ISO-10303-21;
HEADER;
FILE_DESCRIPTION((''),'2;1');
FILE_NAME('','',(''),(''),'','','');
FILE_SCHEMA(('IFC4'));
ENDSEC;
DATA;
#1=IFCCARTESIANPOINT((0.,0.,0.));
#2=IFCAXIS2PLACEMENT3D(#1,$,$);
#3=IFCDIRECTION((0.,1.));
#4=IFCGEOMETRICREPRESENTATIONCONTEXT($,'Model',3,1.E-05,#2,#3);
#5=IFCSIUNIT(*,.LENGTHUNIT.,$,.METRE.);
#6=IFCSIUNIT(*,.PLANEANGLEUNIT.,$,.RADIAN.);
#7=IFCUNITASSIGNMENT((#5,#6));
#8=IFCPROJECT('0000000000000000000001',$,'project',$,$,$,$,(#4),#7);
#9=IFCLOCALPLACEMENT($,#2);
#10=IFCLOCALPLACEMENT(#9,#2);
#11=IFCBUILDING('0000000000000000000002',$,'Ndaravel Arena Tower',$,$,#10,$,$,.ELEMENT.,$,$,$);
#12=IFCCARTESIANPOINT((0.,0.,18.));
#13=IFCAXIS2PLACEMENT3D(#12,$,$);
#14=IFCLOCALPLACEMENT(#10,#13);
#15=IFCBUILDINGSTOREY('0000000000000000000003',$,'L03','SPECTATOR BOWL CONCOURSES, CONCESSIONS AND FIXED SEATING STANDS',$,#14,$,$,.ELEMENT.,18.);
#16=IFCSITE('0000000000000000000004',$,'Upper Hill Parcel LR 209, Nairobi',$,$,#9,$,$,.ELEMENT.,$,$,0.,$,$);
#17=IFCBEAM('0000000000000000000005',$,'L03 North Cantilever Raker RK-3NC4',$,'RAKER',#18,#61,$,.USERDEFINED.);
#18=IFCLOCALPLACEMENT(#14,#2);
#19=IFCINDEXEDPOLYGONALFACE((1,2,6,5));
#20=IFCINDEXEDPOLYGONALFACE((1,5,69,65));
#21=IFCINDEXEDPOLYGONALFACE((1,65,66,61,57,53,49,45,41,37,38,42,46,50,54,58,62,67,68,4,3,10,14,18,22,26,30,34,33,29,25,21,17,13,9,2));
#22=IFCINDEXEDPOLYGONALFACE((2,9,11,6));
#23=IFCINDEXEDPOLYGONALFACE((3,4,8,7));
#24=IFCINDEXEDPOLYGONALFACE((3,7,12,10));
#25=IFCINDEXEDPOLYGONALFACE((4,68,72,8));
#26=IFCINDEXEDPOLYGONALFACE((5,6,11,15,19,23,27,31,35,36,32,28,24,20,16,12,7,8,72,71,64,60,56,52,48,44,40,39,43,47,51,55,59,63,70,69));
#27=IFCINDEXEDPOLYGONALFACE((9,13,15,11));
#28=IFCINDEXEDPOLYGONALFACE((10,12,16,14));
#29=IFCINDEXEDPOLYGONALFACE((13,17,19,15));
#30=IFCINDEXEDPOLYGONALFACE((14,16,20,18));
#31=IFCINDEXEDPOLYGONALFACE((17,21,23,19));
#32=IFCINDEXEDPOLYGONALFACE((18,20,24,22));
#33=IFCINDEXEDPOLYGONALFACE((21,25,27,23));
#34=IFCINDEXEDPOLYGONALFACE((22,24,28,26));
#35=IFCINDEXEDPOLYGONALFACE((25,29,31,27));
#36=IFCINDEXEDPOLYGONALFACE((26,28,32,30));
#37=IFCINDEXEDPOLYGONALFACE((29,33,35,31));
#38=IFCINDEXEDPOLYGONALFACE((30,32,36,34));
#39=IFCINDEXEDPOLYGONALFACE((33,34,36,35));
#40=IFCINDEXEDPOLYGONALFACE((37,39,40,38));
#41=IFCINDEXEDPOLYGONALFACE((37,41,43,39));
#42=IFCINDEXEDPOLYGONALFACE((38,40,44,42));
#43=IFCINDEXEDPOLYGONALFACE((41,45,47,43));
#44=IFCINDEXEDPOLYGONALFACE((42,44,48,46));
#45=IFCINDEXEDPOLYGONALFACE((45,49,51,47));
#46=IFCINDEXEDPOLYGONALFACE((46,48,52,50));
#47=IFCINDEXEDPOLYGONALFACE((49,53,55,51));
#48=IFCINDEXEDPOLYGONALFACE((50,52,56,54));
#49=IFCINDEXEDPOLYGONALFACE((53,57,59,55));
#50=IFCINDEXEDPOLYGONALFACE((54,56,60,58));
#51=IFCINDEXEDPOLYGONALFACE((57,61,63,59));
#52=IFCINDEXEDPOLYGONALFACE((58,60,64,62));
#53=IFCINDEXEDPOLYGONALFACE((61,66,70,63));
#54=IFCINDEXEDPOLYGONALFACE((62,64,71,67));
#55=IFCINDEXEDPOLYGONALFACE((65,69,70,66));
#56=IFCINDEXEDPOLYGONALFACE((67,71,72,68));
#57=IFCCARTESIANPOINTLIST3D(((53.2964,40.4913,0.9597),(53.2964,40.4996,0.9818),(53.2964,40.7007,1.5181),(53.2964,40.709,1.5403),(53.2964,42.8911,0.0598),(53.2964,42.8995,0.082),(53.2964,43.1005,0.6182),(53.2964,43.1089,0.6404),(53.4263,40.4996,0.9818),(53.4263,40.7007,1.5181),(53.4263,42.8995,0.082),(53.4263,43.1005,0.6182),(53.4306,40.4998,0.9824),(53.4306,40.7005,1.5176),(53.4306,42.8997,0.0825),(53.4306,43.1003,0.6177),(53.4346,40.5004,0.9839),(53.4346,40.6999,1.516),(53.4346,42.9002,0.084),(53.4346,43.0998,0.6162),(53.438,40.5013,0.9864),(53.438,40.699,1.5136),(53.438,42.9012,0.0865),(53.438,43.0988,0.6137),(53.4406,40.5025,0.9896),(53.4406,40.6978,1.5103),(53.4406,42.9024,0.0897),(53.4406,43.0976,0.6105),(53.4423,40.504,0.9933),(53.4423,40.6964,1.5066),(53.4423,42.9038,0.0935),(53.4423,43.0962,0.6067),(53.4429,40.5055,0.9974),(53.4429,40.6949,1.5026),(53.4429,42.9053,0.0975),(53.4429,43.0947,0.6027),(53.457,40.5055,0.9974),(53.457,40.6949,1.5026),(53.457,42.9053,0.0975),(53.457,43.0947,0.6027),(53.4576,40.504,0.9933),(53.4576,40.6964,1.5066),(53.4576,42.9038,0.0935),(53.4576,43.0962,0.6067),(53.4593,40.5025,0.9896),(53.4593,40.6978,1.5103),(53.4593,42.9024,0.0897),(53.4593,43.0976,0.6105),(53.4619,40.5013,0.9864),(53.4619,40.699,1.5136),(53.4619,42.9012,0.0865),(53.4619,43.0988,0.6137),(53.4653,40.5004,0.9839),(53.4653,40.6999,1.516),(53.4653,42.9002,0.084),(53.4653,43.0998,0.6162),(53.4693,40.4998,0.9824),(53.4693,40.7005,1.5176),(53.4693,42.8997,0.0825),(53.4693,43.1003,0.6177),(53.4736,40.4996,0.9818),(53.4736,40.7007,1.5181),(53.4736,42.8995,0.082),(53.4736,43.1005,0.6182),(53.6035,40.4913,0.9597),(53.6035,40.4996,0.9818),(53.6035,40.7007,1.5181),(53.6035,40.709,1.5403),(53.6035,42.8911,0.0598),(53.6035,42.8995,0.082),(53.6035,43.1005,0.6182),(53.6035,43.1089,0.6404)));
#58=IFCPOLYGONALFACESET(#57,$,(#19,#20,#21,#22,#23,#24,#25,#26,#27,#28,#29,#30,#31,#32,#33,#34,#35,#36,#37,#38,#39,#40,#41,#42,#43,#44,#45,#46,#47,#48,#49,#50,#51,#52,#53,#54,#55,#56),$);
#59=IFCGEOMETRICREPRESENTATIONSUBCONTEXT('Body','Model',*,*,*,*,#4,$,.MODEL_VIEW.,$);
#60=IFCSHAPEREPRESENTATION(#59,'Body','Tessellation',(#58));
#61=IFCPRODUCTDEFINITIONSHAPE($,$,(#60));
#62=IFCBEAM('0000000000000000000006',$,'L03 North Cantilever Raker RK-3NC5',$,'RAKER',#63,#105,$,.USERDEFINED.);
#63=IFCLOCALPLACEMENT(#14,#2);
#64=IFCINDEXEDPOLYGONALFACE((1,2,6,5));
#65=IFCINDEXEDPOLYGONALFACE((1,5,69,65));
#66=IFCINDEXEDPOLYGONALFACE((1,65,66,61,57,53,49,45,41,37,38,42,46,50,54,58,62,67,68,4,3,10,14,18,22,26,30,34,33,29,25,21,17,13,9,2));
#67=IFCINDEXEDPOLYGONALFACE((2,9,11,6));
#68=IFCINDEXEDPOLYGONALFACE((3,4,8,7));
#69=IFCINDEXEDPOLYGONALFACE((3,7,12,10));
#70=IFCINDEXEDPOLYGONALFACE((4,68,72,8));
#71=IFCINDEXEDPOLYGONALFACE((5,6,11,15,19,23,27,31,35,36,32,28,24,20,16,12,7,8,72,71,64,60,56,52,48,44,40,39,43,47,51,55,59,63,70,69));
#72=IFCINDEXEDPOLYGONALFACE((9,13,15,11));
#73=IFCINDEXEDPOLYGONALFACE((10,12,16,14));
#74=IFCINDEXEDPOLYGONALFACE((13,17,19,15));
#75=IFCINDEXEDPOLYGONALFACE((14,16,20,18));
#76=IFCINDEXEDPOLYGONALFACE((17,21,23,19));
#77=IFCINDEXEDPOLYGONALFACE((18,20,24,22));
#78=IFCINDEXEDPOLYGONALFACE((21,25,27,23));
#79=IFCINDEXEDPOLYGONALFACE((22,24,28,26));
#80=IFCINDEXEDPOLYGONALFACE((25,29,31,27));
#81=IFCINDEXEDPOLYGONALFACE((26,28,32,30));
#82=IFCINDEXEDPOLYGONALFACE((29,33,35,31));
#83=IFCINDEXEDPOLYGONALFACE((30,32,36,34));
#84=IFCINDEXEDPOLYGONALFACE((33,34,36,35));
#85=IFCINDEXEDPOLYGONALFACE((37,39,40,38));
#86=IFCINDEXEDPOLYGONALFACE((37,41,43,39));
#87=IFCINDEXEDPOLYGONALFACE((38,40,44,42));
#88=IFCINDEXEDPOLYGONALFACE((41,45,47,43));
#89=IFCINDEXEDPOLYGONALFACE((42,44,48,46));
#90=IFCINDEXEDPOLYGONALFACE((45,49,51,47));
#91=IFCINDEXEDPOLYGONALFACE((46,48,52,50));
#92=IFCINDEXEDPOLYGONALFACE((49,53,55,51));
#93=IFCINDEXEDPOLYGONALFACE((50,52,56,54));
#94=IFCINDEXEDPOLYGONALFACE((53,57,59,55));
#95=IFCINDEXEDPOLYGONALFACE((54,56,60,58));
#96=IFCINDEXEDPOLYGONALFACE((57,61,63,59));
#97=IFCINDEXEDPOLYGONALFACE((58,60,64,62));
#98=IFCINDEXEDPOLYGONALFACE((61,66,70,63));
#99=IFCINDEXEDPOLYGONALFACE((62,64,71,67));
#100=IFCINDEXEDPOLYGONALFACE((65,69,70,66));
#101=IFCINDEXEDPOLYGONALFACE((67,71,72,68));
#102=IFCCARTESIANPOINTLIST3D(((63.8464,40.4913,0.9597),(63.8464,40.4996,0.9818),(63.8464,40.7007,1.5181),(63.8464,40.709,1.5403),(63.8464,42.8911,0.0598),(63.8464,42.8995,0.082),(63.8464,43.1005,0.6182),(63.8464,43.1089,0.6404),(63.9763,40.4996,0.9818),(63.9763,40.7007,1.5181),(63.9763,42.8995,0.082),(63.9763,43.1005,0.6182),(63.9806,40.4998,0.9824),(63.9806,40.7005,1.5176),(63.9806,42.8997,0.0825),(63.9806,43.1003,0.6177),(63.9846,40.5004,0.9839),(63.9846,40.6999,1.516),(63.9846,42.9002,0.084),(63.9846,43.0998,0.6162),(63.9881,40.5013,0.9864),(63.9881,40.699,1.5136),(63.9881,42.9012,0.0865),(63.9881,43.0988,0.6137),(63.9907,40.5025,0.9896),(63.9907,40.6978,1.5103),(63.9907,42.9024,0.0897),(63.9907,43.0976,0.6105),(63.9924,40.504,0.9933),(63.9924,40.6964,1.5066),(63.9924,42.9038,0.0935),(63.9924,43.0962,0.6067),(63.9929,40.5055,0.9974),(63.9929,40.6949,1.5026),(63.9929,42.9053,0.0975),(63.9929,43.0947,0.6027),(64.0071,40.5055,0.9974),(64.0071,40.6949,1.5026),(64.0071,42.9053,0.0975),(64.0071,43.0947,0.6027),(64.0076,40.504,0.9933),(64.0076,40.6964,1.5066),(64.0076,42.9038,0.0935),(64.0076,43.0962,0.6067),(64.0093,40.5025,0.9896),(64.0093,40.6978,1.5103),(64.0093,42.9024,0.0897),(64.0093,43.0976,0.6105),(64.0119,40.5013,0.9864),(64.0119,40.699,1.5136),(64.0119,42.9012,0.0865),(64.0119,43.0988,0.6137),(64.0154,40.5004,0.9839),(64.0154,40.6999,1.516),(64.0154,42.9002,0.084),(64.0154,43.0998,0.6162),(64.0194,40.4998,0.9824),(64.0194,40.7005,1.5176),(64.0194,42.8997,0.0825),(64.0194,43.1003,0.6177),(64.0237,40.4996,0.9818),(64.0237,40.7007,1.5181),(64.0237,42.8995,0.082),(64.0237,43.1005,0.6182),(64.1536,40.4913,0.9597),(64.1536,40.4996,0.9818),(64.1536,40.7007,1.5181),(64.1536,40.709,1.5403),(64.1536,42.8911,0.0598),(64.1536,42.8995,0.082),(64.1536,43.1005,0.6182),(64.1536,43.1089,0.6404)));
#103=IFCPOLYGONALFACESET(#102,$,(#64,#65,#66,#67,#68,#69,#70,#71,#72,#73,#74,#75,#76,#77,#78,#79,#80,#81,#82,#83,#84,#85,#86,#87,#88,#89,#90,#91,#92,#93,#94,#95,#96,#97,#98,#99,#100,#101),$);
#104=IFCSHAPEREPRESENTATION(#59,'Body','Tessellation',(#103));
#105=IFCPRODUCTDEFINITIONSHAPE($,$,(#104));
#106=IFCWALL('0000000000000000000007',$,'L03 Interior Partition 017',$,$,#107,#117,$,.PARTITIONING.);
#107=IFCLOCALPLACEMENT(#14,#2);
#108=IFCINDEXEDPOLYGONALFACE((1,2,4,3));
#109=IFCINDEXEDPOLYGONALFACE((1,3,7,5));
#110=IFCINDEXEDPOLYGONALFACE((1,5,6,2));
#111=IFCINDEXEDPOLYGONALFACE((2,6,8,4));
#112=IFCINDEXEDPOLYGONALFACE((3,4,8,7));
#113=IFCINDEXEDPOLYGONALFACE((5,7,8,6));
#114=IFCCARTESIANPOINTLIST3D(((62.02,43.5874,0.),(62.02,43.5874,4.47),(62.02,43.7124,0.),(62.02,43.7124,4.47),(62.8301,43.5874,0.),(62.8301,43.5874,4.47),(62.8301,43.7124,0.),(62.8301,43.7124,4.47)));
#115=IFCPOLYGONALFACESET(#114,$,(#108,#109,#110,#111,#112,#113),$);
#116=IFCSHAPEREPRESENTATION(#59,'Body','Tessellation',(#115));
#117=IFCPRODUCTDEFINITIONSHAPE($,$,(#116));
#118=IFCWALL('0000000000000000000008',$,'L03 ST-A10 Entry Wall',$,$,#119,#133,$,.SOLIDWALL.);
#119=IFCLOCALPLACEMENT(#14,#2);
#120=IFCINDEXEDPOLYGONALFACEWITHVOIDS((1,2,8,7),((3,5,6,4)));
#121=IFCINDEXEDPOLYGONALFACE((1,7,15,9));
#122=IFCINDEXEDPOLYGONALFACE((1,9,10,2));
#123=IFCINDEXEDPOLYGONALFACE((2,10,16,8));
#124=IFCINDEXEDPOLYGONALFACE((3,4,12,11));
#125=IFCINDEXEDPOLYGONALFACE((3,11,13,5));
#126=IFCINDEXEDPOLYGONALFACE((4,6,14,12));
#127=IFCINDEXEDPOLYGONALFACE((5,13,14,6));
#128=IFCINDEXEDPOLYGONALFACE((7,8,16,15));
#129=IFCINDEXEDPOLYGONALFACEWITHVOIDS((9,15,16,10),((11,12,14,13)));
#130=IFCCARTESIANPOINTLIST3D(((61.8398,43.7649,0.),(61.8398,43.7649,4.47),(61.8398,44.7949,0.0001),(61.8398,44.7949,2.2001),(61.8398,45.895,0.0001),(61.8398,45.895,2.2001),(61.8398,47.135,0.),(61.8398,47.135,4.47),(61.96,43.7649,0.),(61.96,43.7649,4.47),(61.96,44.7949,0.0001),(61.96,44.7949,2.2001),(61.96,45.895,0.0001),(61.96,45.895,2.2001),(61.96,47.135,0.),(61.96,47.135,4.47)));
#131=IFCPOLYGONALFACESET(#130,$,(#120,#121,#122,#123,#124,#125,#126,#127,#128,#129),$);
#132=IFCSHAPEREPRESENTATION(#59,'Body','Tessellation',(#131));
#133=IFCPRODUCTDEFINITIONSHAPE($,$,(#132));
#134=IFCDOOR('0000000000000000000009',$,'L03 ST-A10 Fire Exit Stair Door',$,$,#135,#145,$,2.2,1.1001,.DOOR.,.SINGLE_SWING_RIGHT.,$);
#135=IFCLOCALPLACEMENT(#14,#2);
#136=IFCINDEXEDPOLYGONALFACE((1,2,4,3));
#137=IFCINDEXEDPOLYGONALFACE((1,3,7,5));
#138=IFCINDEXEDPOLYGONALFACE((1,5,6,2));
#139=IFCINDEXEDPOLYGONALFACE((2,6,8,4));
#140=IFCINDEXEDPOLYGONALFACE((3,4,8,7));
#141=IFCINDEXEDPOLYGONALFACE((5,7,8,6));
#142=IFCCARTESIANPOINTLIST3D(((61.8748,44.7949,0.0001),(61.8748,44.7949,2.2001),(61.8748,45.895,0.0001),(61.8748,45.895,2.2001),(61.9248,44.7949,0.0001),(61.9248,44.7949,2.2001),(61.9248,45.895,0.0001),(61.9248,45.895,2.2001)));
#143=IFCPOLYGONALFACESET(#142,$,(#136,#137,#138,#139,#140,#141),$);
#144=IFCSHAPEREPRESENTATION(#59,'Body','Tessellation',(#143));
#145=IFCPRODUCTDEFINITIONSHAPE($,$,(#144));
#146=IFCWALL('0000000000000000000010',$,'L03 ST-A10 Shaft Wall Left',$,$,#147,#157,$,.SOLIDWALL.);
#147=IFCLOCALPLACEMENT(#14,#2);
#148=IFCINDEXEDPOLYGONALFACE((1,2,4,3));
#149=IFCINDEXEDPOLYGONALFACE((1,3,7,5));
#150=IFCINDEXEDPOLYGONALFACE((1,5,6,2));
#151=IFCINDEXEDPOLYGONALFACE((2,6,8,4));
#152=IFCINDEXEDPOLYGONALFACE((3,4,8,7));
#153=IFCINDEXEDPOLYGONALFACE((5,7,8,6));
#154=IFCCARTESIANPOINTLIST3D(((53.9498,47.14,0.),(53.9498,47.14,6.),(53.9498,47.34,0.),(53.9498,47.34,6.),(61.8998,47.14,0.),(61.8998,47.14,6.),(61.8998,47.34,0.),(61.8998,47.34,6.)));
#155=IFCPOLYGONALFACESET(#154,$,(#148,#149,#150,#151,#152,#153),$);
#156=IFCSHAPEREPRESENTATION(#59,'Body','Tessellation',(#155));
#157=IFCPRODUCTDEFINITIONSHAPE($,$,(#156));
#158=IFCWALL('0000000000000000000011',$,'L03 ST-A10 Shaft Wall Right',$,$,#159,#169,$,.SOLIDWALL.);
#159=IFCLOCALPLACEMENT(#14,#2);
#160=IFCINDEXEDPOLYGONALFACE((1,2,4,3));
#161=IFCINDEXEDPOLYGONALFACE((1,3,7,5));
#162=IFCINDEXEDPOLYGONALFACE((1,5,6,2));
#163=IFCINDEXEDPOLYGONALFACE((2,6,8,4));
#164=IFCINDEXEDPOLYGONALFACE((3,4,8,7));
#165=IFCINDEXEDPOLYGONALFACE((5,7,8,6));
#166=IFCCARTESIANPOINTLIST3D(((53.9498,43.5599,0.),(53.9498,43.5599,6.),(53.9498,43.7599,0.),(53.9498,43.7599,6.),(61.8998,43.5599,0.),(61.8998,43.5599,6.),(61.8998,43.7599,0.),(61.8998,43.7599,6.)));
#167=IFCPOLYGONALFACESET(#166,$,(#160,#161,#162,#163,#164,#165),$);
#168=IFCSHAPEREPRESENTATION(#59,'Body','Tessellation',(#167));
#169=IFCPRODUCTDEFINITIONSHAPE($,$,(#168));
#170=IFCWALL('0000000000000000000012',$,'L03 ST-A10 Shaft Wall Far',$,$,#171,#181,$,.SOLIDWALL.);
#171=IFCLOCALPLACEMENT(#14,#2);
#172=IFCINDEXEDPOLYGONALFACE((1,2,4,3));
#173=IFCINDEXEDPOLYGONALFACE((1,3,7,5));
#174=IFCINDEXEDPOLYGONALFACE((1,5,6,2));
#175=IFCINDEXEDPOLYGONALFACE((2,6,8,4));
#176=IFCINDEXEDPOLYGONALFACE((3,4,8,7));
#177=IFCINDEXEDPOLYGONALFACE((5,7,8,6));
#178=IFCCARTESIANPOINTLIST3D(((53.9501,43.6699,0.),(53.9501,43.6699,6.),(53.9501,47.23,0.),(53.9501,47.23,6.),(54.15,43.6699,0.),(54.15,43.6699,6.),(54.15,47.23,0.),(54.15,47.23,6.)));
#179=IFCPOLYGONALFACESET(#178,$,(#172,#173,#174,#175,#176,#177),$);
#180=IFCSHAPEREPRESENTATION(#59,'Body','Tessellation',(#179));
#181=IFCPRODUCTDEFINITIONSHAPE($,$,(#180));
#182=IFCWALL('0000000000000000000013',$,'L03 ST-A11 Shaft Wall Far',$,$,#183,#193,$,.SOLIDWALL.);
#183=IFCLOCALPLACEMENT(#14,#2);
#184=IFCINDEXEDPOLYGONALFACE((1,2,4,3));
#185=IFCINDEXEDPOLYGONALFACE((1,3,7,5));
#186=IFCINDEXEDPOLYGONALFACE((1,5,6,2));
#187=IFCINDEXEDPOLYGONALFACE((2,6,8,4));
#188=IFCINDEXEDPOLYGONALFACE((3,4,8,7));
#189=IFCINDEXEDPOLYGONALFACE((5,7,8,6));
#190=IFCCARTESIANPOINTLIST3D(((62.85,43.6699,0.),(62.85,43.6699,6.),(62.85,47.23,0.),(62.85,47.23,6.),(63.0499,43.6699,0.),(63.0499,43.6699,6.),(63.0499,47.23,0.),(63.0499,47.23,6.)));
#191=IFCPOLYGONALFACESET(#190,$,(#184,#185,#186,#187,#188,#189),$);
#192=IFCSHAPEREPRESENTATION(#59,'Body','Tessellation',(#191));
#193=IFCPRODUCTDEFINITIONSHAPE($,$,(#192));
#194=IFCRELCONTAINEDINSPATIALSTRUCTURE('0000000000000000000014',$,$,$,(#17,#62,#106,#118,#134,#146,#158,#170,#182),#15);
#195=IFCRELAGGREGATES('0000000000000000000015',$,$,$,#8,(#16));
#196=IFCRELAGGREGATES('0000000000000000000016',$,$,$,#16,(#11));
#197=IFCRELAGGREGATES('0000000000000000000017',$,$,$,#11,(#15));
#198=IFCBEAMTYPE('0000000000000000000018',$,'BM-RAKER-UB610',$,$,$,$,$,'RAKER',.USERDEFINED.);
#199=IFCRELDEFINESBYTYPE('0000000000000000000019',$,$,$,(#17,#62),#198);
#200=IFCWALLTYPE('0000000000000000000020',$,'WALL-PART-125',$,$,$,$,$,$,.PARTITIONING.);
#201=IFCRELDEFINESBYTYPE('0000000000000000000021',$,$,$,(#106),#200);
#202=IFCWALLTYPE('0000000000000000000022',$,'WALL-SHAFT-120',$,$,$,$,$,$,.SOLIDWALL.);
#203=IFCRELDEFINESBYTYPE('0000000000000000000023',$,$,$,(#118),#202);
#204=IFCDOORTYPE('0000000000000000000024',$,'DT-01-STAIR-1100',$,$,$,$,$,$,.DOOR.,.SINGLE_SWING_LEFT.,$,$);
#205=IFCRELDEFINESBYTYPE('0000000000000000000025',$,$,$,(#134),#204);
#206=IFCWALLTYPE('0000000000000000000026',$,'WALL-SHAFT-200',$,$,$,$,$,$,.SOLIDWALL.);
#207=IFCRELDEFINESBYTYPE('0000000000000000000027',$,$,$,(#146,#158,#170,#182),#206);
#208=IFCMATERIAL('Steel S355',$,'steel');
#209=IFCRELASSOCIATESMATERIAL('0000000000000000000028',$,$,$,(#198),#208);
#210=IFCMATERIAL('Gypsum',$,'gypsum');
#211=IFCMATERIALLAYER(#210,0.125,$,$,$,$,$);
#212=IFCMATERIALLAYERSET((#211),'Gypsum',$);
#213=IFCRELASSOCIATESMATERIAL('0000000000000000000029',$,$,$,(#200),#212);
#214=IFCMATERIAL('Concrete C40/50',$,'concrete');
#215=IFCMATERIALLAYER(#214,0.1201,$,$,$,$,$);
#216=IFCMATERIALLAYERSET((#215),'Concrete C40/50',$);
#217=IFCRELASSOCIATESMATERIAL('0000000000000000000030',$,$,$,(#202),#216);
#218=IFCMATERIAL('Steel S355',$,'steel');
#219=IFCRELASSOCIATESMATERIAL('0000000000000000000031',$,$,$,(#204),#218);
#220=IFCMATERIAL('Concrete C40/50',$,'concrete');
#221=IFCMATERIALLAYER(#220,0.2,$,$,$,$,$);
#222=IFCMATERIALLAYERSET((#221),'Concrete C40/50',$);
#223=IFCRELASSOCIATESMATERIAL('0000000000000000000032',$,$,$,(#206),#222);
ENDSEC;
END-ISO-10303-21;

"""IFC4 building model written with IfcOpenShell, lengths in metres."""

from ifc_helpers import new_model, si_unit, direction, frame, frame_2d, origin, origin_2d, place, context, subcontext, project, spatial, rectangle, i_section, extrude, material, layer, layer_set, material_profile, profile_set, type_object, element, fill, save


model = new_model("IFC4")

# Units and contexts
model_context = context("Model", 3, precision=1e-05, world=origin(), true_north=direction((0.0, 1.0)))
body_context = subcontext(model_context, "Body", "Model", "MODEL_VIEW")
ifc_project = project(units=[si_unit("LENGTHUNIT", "METRE"), si_unit("PLANEANGLEUNIT", "RADIAN")], contexts=[model_context])

# Site, building, storey
site_placement = place(None, origin())
site = spatial("IfcSite", under=ifc_project, at=site_placement, Name="Upper Hill Parcel LR 209, Nairobi", CompositionType="ELEMENT", RefElevation=0.0)
building_placement = place(site_placement, origin())
building = spatial("IfcBuilding", under=site, at=building_placement, Name="Ndaravel Arena Tower", CompositionType="ELEMENT")
storey_placement = place(building_placement, frame((0.0, 0.0, 18.0)))
storey = spatial("IfcBuildingStorey", under=building, at=storey_placement, Name="L03", Description="SPECTATOR BOWL CONCOURSES, CONCESSIONS AND FIXED SEATING STANDS", CompositionType="ELEMENT", Elevation=18.0)

# Beams
ifc_material_1 = material(Name="Steel S355", Category="steel")
ifc_material_profile_1 = material_profile(ifc_material_1, i_section(OverallWidth=0.3071, OverallDepth=0.6201, WebThickness=0.0142, FlangeThickness=0.0237, FilletRadius=0.0166, at=origin_2d()), Name="UB 610x305x179")
ifc_profile_set_1 = profile_set([ifc_material_profile_1], Name="Steel S355")
beam_type_1 = type_object("IfcBeamType", Name="BM-RAKER-UB610", ElementType="RAKER", PredefinedType="USERDEFINED", material=ifc_profile_set_1)
for number, where, z_axis, x_axis, name in (
    (1, (53.45, 43.0, 0.3501), (0.0, -0.936337, 0.351103), (1.0, 0.0, 0.0), "L03 North Cantilever Raker RK-3NC4"),
    (2, (64.0, 43.0, 0.3501), (0.0, -0.936337, 0.351103), (1.0, 0.0, 0.0), "L03 North Cantilever Raker RK-3NC5"),
):
    element("IfcBeam", number, at=place(storey_placement, frame(where, z_axis=z_axis, x_axis=x_axis)), inside=storey, type_object=beam_type_1, Name=name, ObjectType="RAKER", PredefinedType="USERDEFINED", context=body_context, shape_type="SweptSolid", body=[
        extrude(i_section(OverallWidth=0.3071, OverallDepth=0.6201, WebThickness=0.0142, FlangeThickness=0.0237, FilletRadius=0.0166, at=origin_2d()), origin(), (0.0, 0.0, 1.0), 2.563),
    ])

# Wall
ifc_material_2 = material(Name="Gypsum", Category="gypsum")
ifc_layer_1 = layer(ifc_material_2, 0.125)
ifc_layer_set_1 = layer_set([ifc_layer_1], Name="Gypsum")
wall_type_1 = type_object("IfcWallType", Name="WALL-PART-125", PredefinedType="PARTITIONING", material=ifc_layer_set_1)
wall_1_placement = place(storey_placement, frame((62.02, 43.6499, 0.0), z_axis=(0.0, 0.0, 1.0), x_axis=(1.0, 0.0, 0.0)))
element("IfcWall", 3, at=wall_1_placement, inside=storey, type_object=wall_type_1, Name="L03 Interior Partition 017", PredefinedType="PARTITIONING", context=body_context, shape_type="SweptSolid", body=[
    extrude(rectangle(XDim=0.8101, YDim=0.125, at=frame_2d((0.405, 0.0))), origin(), (0.0, 0.0, 1.0), 4.47),
])

# Wall, opening, door
ifc_material_3 = material(Name="Concrete C40/50", Category="concrete")
ifc_layer_2 = layer(ifc_material_3, 0.1201)
ifc_layer_set_2 = layer_set([ifc_layer_2], Name="Concrete C40/50")
wall_type_2 = type_object("IfcWallType", Name="WALL-SHAFT-120", PredefinedType="SOLIDWALL", material=ifc_layer_set_2)
wall_2_placement = place(storey_placement, frame((61.8999, 47.135, 0.0), z_axis=(0.0, 0.0, 1.0), x_axis=(0.0, -1.0, 0.0)))
wall_2 = element("IfcWall", 4, at=wall_2_placement, inside=storey, type_object=wall_type_2, Name="L03 ST-A10 Entry Wall", PredefinedType="SOLIDWALL", context=body_context, shape_type="SweptSolid", body=[
    extrude(rectangle(XDim=3.3701, YDim=0.1201, at=frame_2d((1.6851, 0.0))), origin(), (0.0, 0.0, 1.0), 4.47),
])
opening_placement = place(wall_2_placement, frame((1.24, 0.0, 0.0)))
opening = element("IfcOpeningElement", 5, at=opening_placement, cuts=wall_2, PredefinedType="OPENING", context=body_context, shape_type="SweptSolid", body=[
    extrude(rectangle(XDim=1.1001, YDim=2.2, at=frame_2d((0.55, 1.1001))), frame((0.0, 0.0601, 0.0), z_axis=(0.0, -1.0, 0.0), x_axis=(1.0, 0.0, 0.0)), (0.0, 0.0, 1.0), 0.1201),
])
ifc_material_4 = material(Name="Steel S355", Category="steel")
door_type = type_object("IfcDoorType", Name="DT-01-STAIR-1100", OperationType="SINGLE_SWING_LEFT", PredefinedType="DOOR", material=ifc_material_4)
door_placement = place(opening_placement, origin())
door = element("IfcDoor", 6, at=door_placement, inside=storey, type_object=door_type, Name="L03 ST-A10 Fire Exit Stair Door", OperationType="SINGLE_SWING_RIGHT", OverallHeight=2.2, OverallWidth=1.1001, PredefinedType="DOOR", context=body_context, shape_type="SweptSolid", body=[
    extrude(rectangle(XDim=1.1001, YDim=2.2, at=frame_2d((0.55, 1.1001))), frame((0.0, 0.0249, 0.0), z_axis=(0.0, -1.0, 0.0), x_axis=(1.0, 0.0, 0.0)), (0.0, 0.0, 1.0), 0.05),
])
fill(opening, door)

# Walls
ifc_material_5 = material(Name="Concrete C40/50", Category="concrete")
ifc_layer_3 = layer(ifc_material_5, 0.2)
ifc_layer_set_3 = layer_set([ifc_layer_3], Name="Concrete C40/50")
wall_type_3 = type_object("IfcWallType", Name="WALL-SHAFT-200", PredefinedType="SOLIDWALL", material=ifc_layer_set_3)
for number, where, z_axis, x_axis, name in (
    (7, (61.8999, 47.24, 0.0), (0.0, 0.0, 1.0), (-1.0, 0.0, 0.0), "L03 ST-A10 Shaft Wall Left"),
    (8, (61.8999, 43.6599, 0.0), (0.0, 0.0, 1.0), (-1.0, 0.0, 0.0), "L03 ST-A10 Shaft Wall Right"),
):
    element("IfcWall", number, at=place(storey_placement, frame(where, z_axis=z_axis, x_axis=x_axis)), inside=storey, type_object=wall_type_3, Name=name, PredefinedType="SOLIDWALL", context=body_context, shape_type="SweptSolid", body=[
        extrude(rectangle(XDim=7.95, YDim=0.2, at=frame_2d((3.9751, 0.0))), origin(), (0.0, 0.0, 1.0), 6.0),
    ])
for number, where, z_axis, x_axis, name in (
    (9, (54.05, 47.23, 0.0), (0.0, 0.0, 1.0), (0.0, -1.0, 0.0), "L03 ST-A10 Shaft Wall Far"),
    (10, (62.95, 47.23, 0.0), (0.0, 0.0, 1.0), (0.0, -1.0, 0.0), "L03 ST-A11 Shaft Wall Far"),
):
    element("IfcWall", number, at=place(storey_placement, frame(where, z_axis=z_axis, x_axis=x_axis)), inside=storey, type_object=wall_type_3, Name=name, PredefinedType="SOLIDWALL", context=body_context, shape_type="SweptSolid", body=[
        extrude(rectangle(XDim=3.5601, YDim=0.2, at=frame_2d((1.78, 0.0))), origin(), (0.0, 0.0, 1.0), 6.0),
    ])

save(model, "model.ifc")
